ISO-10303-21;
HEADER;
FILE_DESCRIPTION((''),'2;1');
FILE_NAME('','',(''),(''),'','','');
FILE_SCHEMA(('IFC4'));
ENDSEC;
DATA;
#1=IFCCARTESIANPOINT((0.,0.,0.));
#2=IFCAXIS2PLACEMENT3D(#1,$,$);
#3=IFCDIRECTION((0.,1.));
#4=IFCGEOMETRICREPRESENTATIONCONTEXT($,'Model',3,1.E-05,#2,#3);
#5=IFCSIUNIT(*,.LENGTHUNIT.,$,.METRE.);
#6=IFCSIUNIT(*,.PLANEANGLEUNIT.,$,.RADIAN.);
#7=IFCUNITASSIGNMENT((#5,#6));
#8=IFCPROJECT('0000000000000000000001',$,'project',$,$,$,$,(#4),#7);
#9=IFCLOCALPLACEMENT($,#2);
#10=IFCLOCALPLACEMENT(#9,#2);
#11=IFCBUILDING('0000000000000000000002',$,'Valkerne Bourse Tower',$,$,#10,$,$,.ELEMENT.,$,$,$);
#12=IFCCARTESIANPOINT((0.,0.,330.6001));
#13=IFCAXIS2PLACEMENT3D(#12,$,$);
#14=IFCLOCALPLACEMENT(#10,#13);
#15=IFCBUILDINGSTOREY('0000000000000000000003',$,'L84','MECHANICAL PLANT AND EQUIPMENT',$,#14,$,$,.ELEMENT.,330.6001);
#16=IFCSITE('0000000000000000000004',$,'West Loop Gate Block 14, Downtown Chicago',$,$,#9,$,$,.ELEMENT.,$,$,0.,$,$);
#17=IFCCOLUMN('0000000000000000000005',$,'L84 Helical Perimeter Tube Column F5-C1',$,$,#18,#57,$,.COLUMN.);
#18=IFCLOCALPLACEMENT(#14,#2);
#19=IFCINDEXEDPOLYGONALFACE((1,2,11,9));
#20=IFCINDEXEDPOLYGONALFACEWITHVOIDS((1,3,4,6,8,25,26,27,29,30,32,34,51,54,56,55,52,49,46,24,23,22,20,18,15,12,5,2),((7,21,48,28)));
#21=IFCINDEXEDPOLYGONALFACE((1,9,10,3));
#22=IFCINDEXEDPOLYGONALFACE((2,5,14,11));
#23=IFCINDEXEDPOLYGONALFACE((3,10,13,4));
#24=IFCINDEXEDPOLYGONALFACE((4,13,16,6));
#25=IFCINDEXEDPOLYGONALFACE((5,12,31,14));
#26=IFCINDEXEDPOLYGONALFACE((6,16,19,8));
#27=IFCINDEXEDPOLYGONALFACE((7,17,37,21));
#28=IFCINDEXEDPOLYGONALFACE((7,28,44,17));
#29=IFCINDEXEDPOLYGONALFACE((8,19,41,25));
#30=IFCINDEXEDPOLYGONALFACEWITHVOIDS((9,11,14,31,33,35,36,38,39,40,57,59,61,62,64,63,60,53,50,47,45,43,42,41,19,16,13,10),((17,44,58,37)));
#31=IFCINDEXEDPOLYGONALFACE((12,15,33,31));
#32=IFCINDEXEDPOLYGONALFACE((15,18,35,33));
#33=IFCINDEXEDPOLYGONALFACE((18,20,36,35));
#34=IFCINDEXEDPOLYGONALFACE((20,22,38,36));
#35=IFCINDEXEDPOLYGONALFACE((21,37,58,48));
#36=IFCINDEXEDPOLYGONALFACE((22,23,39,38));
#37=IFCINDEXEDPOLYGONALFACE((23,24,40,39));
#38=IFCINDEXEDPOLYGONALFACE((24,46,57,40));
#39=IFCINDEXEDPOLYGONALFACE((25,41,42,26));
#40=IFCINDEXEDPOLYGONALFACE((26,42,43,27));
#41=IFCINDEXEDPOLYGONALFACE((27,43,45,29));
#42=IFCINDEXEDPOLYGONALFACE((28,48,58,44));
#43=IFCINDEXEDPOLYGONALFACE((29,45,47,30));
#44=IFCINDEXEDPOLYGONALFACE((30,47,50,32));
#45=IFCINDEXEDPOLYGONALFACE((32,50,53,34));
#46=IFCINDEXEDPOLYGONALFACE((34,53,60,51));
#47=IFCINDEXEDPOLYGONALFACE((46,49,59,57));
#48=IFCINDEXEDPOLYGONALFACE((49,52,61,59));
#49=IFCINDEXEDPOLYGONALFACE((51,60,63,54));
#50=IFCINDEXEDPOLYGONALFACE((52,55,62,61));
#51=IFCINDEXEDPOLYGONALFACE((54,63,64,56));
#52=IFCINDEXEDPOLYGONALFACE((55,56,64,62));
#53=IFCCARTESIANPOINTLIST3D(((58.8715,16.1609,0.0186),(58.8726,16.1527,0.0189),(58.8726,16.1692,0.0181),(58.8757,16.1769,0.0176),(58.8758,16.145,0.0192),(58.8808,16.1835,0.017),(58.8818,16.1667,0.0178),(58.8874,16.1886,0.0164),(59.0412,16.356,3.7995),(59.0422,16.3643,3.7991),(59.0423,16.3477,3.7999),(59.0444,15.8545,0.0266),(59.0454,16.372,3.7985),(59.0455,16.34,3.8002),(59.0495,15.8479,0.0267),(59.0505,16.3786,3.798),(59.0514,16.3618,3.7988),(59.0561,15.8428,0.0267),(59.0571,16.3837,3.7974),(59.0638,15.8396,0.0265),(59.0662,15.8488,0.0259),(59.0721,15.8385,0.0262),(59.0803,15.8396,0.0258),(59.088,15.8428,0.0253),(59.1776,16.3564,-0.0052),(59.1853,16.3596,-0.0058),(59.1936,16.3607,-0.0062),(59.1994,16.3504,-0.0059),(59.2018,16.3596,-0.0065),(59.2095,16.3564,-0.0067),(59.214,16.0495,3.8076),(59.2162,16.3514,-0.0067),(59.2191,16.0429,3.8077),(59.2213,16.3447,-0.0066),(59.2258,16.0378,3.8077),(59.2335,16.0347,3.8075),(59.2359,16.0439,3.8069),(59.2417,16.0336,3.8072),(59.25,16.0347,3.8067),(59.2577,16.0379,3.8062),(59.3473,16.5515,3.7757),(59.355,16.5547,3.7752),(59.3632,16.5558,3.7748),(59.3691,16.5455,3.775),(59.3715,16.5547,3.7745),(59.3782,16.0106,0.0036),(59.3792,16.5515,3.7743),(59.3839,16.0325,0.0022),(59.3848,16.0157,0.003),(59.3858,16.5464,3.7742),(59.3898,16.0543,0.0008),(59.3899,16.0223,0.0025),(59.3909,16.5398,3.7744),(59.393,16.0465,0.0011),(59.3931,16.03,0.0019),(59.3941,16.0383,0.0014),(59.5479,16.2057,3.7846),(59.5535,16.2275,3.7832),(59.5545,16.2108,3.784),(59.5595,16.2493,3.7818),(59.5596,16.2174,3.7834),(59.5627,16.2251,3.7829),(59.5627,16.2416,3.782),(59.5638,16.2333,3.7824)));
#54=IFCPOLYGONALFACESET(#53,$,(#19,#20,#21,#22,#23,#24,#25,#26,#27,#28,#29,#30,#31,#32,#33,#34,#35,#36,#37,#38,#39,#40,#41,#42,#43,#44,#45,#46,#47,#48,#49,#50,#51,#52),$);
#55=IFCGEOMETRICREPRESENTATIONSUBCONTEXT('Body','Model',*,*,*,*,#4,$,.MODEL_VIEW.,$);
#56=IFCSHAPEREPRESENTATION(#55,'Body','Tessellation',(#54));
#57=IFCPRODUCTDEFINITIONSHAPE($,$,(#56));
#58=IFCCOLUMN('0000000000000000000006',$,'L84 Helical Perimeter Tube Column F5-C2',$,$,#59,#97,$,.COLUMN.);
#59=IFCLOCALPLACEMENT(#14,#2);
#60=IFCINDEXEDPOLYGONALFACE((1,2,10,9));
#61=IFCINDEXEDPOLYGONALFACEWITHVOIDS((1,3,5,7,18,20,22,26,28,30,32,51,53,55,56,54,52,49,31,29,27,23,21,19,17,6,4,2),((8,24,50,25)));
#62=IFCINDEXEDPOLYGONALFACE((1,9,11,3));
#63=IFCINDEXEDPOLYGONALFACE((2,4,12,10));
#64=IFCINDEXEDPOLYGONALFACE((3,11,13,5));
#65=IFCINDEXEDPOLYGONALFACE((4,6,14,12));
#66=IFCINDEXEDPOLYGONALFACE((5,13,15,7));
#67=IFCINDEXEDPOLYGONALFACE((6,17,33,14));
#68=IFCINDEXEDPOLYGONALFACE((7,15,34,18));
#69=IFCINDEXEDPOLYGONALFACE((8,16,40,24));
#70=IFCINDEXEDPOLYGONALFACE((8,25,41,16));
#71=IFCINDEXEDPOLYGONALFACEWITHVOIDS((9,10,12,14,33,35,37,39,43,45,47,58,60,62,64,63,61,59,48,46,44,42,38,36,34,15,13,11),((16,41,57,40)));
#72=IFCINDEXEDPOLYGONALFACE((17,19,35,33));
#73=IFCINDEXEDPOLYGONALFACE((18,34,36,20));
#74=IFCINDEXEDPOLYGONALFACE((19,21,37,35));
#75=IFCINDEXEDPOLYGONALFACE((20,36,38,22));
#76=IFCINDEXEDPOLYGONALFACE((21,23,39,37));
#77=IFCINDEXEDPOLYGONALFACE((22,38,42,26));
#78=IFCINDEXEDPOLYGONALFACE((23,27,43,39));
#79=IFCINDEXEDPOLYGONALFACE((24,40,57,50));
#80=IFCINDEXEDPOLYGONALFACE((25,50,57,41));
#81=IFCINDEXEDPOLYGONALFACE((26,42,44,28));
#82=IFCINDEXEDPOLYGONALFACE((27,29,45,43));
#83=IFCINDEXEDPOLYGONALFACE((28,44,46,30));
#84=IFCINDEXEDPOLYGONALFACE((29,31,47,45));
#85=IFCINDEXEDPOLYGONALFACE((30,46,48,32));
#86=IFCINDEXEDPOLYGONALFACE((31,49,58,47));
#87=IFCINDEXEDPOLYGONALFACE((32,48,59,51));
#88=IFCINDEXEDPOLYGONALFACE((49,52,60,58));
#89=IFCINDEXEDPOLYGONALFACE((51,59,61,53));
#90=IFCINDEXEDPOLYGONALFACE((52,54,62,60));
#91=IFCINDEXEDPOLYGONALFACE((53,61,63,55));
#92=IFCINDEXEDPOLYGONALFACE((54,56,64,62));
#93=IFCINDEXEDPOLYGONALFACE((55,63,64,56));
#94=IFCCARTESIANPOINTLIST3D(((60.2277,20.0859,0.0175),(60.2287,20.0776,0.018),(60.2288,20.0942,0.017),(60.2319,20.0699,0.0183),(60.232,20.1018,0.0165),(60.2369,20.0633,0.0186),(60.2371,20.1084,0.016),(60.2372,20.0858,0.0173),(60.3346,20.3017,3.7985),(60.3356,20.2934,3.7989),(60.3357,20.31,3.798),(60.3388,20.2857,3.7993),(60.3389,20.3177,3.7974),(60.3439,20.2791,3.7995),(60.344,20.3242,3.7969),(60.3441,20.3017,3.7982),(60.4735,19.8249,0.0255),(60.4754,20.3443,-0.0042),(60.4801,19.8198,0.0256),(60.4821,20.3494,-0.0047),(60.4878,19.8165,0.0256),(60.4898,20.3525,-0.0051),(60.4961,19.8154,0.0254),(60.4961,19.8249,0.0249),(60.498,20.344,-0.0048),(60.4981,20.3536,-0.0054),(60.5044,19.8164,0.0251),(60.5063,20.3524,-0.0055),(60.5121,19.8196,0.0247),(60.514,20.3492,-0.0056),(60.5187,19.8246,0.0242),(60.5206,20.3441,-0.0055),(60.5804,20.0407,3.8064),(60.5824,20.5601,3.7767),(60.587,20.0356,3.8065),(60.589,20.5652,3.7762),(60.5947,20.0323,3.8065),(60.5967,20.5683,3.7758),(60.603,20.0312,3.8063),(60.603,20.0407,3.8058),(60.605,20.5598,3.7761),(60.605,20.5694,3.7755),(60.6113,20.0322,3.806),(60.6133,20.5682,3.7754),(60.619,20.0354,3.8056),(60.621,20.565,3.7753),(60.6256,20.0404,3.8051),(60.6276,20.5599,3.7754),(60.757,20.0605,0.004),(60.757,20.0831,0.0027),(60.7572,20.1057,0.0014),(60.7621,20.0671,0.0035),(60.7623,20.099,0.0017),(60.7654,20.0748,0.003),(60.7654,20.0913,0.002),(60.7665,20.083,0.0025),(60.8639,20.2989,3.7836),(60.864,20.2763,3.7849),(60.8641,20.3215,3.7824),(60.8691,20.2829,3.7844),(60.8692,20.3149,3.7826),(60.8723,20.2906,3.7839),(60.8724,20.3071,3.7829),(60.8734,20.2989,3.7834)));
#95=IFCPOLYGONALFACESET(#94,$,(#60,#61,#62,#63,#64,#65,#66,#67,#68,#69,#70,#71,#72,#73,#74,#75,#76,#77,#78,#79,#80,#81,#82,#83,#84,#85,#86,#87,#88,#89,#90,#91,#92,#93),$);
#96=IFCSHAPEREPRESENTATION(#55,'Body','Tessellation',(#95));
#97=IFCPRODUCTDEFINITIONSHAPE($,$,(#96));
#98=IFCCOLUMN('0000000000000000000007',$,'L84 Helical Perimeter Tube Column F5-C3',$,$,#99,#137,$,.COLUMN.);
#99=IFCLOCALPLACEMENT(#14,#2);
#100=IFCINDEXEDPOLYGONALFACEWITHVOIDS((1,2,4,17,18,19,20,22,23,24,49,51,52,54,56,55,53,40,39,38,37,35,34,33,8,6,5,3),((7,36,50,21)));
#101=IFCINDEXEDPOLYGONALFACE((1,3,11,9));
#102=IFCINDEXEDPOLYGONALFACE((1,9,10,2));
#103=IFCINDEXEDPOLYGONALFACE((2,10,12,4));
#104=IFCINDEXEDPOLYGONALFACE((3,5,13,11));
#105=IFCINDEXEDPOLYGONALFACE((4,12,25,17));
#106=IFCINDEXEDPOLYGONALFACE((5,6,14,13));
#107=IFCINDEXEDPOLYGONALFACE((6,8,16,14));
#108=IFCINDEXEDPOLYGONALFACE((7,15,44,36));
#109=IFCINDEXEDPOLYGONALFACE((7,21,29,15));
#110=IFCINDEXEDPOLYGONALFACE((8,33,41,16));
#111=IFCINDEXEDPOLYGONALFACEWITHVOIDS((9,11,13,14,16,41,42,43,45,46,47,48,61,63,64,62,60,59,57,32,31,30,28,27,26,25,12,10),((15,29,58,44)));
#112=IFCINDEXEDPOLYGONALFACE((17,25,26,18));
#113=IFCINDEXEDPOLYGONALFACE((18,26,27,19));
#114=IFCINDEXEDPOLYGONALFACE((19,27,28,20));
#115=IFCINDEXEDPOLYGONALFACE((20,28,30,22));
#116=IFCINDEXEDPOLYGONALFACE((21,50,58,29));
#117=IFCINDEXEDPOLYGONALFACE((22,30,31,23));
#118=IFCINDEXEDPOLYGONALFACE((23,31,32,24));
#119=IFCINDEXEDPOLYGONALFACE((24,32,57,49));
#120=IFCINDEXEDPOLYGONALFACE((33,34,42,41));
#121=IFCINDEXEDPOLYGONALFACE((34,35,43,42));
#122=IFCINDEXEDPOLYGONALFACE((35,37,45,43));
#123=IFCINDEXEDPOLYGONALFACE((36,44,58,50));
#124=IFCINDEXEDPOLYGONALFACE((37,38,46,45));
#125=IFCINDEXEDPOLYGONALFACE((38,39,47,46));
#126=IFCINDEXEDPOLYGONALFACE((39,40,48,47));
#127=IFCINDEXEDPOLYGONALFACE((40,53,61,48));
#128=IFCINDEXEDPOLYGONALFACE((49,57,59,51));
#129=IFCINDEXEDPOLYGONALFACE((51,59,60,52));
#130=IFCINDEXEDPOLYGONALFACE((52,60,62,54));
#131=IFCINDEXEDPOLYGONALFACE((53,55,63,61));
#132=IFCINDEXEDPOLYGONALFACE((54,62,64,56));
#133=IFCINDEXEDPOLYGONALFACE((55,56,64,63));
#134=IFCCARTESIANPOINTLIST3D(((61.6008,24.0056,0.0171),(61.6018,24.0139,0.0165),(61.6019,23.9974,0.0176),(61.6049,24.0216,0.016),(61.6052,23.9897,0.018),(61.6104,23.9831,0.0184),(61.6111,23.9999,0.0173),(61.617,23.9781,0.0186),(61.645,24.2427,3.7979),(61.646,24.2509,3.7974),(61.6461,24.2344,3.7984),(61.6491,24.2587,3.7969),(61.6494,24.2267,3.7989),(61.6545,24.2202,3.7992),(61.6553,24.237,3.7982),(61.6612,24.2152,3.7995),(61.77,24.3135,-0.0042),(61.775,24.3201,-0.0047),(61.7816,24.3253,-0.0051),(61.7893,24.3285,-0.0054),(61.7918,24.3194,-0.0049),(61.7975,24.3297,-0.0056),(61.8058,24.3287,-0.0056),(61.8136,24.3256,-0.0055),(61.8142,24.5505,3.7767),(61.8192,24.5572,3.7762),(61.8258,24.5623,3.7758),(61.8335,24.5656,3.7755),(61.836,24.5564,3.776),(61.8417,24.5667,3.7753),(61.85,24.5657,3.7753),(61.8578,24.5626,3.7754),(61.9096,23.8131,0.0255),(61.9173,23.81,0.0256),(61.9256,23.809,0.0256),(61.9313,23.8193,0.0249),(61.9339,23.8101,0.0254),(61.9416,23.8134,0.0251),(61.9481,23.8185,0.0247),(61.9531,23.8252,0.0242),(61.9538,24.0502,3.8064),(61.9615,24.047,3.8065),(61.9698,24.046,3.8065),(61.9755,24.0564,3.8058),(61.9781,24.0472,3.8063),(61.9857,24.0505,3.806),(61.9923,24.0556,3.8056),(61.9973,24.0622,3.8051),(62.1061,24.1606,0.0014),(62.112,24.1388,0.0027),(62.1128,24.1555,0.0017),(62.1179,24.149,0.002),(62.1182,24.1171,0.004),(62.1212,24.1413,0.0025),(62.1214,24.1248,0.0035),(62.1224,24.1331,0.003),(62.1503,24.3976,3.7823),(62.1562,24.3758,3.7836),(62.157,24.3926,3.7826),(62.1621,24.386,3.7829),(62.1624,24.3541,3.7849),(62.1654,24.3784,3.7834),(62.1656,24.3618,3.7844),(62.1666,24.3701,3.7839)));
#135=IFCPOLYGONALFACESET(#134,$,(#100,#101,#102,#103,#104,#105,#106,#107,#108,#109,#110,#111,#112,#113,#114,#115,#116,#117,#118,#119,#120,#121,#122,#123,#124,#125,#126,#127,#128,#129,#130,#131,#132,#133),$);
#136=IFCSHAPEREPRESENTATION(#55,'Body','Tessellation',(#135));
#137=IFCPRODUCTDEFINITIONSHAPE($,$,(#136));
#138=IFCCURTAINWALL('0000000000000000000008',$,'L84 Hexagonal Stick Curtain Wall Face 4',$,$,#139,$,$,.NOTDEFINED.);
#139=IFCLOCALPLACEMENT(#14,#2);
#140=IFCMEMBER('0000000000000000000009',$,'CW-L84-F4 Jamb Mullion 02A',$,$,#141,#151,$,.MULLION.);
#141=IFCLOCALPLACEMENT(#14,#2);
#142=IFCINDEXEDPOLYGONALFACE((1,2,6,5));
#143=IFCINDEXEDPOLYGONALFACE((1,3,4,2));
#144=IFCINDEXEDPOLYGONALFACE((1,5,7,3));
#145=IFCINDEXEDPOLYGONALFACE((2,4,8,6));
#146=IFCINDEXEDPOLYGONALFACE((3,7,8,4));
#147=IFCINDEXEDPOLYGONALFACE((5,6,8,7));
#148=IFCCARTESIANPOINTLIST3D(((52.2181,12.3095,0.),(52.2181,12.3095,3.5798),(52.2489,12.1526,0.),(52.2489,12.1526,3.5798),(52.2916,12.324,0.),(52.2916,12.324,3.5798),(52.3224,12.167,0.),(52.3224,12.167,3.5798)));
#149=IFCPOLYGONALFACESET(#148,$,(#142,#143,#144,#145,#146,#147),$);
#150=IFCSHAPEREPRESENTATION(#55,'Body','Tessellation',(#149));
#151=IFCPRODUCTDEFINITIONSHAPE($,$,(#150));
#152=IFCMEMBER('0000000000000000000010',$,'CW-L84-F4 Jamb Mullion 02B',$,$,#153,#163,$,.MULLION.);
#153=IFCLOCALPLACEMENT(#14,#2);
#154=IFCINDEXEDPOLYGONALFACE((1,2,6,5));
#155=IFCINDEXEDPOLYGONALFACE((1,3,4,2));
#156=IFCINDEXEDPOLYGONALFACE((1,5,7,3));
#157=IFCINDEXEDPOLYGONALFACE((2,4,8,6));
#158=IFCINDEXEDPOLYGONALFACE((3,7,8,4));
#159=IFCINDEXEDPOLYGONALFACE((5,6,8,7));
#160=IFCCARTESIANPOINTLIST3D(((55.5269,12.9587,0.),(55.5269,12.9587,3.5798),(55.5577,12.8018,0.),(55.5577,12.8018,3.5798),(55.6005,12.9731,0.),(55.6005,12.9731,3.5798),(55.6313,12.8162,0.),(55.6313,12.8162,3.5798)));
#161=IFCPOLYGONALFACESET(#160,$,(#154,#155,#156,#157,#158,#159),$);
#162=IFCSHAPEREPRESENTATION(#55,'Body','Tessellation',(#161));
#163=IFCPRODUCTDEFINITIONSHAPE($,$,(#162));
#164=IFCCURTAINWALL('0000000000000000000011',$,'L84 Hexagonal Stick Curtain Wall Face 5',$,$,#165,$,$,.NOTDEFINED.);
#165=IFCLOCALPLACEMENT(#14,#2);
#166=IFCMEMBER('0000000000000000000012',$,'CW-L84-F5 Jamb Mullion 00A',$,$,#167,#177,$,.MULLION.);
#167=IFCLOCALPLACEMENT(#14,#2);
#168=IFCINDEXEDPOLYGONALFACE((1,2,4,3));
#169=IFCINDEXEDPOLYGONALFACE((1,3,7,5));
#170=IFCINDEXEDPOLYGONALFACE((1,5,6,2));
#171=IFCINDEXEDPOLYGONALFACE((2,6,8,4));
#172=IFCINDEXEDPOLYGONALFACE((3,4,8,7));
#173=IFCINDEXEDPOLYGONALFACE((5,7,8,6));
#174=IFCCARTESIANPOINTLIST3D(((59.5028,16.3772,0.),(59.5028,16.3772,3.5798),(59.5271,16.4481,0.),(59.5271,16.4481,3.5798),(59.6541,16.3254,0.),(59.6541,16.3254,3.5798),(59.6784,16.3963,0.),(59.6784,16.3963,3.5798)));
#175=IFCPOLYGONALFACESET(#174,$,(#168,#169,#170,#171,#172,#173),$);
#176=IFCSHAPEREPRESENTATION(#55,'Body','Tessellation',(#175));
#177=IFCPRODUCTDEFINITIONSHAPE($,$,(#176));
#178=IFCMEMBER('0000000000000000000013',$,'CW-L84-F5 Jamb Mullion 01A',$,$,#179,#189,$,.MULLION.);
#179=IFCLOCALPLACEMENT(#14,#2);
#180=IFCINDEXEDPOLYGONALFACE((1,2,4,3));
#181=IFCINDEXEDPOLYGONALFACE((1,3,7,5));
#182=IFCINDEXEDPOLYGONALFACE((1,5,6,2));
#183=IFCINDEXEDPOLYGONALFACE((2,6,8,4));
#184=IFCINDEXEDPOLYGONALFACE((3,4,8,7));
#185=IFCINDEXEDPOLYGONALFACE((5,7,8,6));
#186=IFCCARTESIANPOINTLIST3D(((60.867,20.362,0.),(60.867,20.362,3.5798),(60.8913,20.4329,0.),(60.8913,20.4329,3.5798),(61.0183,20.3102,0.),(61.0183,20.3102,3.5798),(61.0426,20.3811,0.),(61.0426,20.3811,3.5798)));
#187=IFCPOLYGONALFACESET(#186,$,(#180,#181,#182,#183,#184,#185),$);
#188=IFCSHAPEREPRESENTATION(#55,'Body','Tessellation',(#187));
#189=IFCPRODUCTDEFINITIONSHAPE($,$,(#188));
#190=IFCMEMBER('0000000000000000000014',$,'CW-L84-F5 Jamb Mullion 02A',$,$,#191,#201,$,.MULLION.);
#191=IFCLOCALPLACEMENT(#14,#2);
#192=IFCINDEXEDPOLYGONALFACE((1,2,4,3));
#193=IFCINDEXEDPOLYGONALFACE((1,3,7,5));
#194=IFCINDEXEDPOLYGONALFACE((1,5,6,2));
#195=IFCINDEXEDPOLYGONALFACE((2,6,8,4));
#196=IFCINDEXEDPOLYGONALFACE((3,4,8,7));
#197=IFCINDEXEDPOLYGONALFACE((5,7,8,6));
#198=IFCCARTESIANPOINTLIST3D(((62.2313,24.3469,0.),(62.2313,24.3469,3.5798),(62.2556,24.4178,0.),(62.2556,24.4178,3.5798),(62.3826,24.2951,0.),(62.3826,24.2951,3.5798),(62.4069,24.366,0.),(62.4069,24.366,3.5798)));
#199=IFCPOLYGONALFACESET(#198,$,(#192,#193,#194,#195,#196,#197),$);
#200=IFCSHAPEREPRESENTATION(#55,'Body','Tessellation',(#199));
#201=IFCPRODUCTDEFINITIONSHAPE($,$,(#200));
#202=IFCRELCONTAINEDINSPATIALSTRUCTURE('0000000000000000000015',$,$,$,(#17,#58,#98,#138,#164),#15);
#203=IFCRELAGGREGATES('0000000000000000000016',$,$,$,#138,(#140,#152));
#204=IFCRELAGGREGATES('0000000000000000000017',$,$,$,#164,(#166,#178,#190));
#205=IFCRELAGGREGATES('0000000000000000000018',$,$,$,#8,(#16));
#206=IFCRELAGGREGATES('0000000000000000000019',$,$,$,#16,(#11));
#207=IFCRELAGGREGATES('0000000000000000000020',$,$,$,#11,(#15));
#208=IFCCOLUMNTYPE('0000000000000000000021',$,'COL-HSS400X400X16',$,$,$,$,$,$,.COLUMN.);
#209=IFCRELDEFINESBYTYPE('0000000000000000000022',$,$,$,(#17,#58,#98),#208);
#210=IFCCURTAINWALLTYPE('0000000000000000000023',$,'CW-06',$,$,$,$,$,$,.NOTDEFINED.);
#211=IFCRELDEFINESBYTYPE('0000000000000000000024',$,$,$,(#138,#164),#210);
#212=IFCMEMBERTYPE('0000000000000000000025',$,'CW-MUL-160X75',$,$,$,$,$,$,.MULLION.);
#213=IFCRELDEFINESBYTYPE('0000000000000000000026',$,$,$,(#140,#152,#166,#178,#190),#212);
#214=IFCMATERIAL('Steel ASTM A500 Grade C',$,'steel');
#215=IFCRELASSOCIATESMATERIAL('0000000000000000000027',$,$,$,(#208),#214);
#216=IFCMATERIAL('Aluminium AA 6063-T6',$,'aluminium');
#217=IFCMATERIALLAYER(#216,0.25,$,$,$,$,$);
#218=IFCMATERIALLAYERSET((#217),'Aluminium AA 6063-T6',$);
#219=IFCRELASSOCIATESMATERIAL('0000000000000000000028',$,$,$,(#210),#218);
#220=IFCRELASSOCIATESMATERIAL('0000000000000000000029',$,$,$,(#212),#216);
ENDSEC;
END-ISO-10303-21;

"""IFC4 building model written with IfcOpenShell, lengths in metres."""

from ifc_helpers import new_model, si_unit, direction, frame, origin, origin_2d, place, context, subcontext, project, spatial, rectangle, hollow_rectangle, extrude, material, layer, layer_set, material_profile, profile_set, type_object, element, aggregate, save


model = new_model("IFC4")

# Units and contexts
model_context = context("Model", 3, precision=1e-05, world=origin(), true_north=direction((0.0, 1.0)))
body_context = subcontext(model_context, "Body", "Model", "MODEL_VIEW")
ifc_project = project(units=[si_unit("LENGTHUNIT", "METRE"), si_unit("PLANEANGLEUNIT", "RADIAN")], contexts=[model_context])

# Site, building, storey
site_placement = place(None, origin())
site = spatial("IfcSite", under=ifc_project, at=site_placement, Name="West Loop Gate Block 14, Downtown Chicago", CompositionType="ELEMENT", RefElevation=0.0)
building_placement = place(site_placement, origin())
building = spatial("IfcBuilding", under=site, at=building_placement, Name="Valkerne Bourse Tower", CompositionType="ELEMENT")
storey_placement = place(building_placement, frame((0.0, 0.0, 330.6001)))
storey = spatial("IfcBuildingStorey", under=building, at=storey_placement, Name="L84", Description="MECHANICAL PLANT AND EQUIPMENT", CompositionType="ELEMENT", Elevation=330.6001)

# Columns
ifc_material_1 = material(Name="Steel ASTM A500 Grade C", Category="steel")
ifc_material_profile_1 = material_profile(ifc_material_1, hollow_rectangle(XDim=0.3999, YDim=0.3999, WallThickness=0.0161, OuterFilletRadius=0.032, at=origin_2d()), Name="HSS400X400X16")
ifc_profile_set_1 = profile_set([ifc_material_profile_1], Name="Steel ASTM A500 Grade C")
column_type = type_object("IfcColumnType", Name="COL-HSS400X400X16", PredefinedType="COLUMN", material=ifc_profile_set_1)
for number, where, z_axis, x_axis, name in (
    (1, (59.1328, 16.0996, 0.01), (0.044772, 0.051471, 0.99767), (-0.863862, -0.499577, 0.064541), "L84 Helical Perimeter Tube Column F5-C1"),
):
    element("IfcColumn", number, at=place(storey_placement, frame(where, z_axis=z_axis, x_axis=x_axis)), inside=storey, type_object=column_type, Name=name, PredefinedType="COLUMN", context=body_context, shape_type="SweptSolid", body=[
        extrude(hollow_rectangle(XDim=0.3999, YDim=0.3999, WallThickness=0.0161, OuterFilletRadius=0.032, at=origin_2d()), origin(), (0.0, 0.0, 1.0), 3.7898),
    ])
for number, where, z_axis, x_axis, name in (
    (2, (60.4971, 20.0845, 0.01), (0.028225, 0.056965, 0.997977), (-0.709425, -0.70221, 0.060146), "L84 Helical Perimeter Tube Column F5-C2"),
    (3, (61.8616, 24.0693, 0.01), (0.011664, 0.062571, 0.997972), (-0.49145, -0.868821, 0.060217), "L84 Helical Perimeter Tube Column F5-C3"),
):
    element("IfcColumn", number, at=place(storey_placement, frame(where, z_axis=z_axis, x_axis=x_axis)), inside=storey, type_object=column_type, Name=name, PredefinedType="COLUMN", context=body_context, shape_type="SweptSolid", body=[
        extrude(hollow_rectangle(XDim=0.3999, YDim=0.3999, WallThickness=0.0161, OuterFilletRadius=0.032, at=origin_2d()), origin(), (0.0, 0.0, 1.0), 3.7886),
    ])

# Curtain walls, members
ifc_material_2 = material(Name="Aluminium AA 6063-T6", Category="aluminium")
ifc_layer_1 = layer(ifc_material_2, 0.25)
ifc_layer_set_1 = layer_set([ifc_layer_1], Name="Aluminium AA 6063-T6")
curtain_wall_type = type_object("IfcCurtainWallType", Name="CW-06", PredefinedType="NOTDEFINED", material=ifc_layer_set_1)
curtain_wall_1_placement = place(storey_placement, origin())
curtain_wall_1 = element("IfcCurtainWall", 4, at=curtain_wall_1_placement, inside=storey, type_object=curtain_wall_type, Name="L84 Hexagonal Stick Curtain Wall Face 4", PredefinedType="NOTDEFINED")
ifc_material_profile_2 = material_profile(ifc_material_2, rectangle(XDim=0.075, YDim=0.1599, at=origin_2d()), Name="CWM-75X160")
ifc_profile_set_2 = profile_set([ifc_material_profile_2], Name="Aluminium AA 6063-T6")
member_type_1 = type_object("IfcMemberType", Name="CW-MUL-160X75", PredefinedType="MULLION", material=ifc_profile_set_2)
member_1_placement = place(storey_placement, frame((52.2703, 12.2383, 0.0), z_axis=(0.0, 0.0, 1.0), x_axis=(0.981293, 0.192522, 0.0)))
member_1 = element("IfcMember", 5, at=member_1_placement, type_object=member_type_1, Name="CW-L84-F4 Jamb Mullion 02A", PredefinedType="MULLION", context=body_context, shape_type="SweptSolid", body=[
    extrude(rectangle(XDim=0.075, YDim=0.1599, at=origin_2d()), origin(), (0.0, 0.0, 1.0), 3.5798),
])
member_2_placement = place(storey_placement, frame((55.5791, 12.8875, 0.0), z_axis=(0.0, 0.0, 1.0), x_axis=(0.981293, 0.192522, 0.0)))
member_2 = element("IfcMember", 6, at=member_2_placement, type_object=member_type_1, Name="CW-L84-F4 Jamb Mullion 02B", PredefinedType="MULLION", context=body_context, shape_type="SweptSolid", body=[
    extrude(rectangle(XDim=0.075, YDim=0.1599, at=origin_2d()), origin(), (0.0, 0.0, 1.0), 3.5798),
])
curtain_wall_2_placement = place(storey_placement, origin())
curtain_wall_2 = element("IfcCurtainWall", 7, at=curtain_wall_2_placement, inside=storey, type_object=curtain_wall_type, Name="L84 Hexagonal Stick Curtain Wall Face 5", PredefinedType="NOTDEFINED")
member_3_placement = place(storey_placement, frame((59.5906, 16.3867, 0.0), z_axis=(0.0, 0.0, 1.0), x_axis=(0.32391, 0.946088, 0.0)))
member_3 = element("IfcMember", 8, at=member_3_placement, type_object=member_type_1, Name="CW-L84-F5 Jamb Mullion 00A", PredefinedType="MULLION", context=body_context, shape_type="SweptSolid", body=[
    extrude(rectangle(XDim=0.075, YDim=0.1599, at=origin_2d()), origin(), (0.0, 0.0, 1.0), 3.5798),
])
member_4_placement = place(storey_placement, frame((60.9548, 20.3716, 0.0), z_axis=(0.0, 0.0, 1.0), x_axis=(0.323931, 0.946081, 0.0)))
member_4 = element("IfcMember", 9, at=member_4_placement, type_object=member_type_1, Name="CW-L84-F5 Jamb Mullion 01A", PredefinedType="MULLION", context=body_context, shape_type="SweptSolid", body=[
    extrude(rectangle(XDim=0.075, YDim=0.1599, at=origin_2d()), origin(), (0.0, 0.0, 1.0), 3.5798),
])
member_5_placement = place(storey_placement, frame((62.3191, 24.3564, 0.0), z_axis=(0.0, 0.0, 1.0), x_axis=(0.32391, 0.946088, 0.0)))
member_5 = element("IfcMember", 10, at=member_5_placement, type_object=member_type_1, Name="CW-L84-F5 Jamb Mullion 02A", PredefinedType="MULLION", context=body_context, shape_type="SweptSolid", body=[
    extrude(rectangle(XDim=0.075, YDim=0.1599, at=origin_2d()), origin(), (0.0, 0.0, 1.0), 3.5798),
])

aggregate(curtain_wall_1, [member_1, member_2])
aggregate(curtain_wall_2, [member_3, member_4, member_5])

save(model, "model.ifc")
